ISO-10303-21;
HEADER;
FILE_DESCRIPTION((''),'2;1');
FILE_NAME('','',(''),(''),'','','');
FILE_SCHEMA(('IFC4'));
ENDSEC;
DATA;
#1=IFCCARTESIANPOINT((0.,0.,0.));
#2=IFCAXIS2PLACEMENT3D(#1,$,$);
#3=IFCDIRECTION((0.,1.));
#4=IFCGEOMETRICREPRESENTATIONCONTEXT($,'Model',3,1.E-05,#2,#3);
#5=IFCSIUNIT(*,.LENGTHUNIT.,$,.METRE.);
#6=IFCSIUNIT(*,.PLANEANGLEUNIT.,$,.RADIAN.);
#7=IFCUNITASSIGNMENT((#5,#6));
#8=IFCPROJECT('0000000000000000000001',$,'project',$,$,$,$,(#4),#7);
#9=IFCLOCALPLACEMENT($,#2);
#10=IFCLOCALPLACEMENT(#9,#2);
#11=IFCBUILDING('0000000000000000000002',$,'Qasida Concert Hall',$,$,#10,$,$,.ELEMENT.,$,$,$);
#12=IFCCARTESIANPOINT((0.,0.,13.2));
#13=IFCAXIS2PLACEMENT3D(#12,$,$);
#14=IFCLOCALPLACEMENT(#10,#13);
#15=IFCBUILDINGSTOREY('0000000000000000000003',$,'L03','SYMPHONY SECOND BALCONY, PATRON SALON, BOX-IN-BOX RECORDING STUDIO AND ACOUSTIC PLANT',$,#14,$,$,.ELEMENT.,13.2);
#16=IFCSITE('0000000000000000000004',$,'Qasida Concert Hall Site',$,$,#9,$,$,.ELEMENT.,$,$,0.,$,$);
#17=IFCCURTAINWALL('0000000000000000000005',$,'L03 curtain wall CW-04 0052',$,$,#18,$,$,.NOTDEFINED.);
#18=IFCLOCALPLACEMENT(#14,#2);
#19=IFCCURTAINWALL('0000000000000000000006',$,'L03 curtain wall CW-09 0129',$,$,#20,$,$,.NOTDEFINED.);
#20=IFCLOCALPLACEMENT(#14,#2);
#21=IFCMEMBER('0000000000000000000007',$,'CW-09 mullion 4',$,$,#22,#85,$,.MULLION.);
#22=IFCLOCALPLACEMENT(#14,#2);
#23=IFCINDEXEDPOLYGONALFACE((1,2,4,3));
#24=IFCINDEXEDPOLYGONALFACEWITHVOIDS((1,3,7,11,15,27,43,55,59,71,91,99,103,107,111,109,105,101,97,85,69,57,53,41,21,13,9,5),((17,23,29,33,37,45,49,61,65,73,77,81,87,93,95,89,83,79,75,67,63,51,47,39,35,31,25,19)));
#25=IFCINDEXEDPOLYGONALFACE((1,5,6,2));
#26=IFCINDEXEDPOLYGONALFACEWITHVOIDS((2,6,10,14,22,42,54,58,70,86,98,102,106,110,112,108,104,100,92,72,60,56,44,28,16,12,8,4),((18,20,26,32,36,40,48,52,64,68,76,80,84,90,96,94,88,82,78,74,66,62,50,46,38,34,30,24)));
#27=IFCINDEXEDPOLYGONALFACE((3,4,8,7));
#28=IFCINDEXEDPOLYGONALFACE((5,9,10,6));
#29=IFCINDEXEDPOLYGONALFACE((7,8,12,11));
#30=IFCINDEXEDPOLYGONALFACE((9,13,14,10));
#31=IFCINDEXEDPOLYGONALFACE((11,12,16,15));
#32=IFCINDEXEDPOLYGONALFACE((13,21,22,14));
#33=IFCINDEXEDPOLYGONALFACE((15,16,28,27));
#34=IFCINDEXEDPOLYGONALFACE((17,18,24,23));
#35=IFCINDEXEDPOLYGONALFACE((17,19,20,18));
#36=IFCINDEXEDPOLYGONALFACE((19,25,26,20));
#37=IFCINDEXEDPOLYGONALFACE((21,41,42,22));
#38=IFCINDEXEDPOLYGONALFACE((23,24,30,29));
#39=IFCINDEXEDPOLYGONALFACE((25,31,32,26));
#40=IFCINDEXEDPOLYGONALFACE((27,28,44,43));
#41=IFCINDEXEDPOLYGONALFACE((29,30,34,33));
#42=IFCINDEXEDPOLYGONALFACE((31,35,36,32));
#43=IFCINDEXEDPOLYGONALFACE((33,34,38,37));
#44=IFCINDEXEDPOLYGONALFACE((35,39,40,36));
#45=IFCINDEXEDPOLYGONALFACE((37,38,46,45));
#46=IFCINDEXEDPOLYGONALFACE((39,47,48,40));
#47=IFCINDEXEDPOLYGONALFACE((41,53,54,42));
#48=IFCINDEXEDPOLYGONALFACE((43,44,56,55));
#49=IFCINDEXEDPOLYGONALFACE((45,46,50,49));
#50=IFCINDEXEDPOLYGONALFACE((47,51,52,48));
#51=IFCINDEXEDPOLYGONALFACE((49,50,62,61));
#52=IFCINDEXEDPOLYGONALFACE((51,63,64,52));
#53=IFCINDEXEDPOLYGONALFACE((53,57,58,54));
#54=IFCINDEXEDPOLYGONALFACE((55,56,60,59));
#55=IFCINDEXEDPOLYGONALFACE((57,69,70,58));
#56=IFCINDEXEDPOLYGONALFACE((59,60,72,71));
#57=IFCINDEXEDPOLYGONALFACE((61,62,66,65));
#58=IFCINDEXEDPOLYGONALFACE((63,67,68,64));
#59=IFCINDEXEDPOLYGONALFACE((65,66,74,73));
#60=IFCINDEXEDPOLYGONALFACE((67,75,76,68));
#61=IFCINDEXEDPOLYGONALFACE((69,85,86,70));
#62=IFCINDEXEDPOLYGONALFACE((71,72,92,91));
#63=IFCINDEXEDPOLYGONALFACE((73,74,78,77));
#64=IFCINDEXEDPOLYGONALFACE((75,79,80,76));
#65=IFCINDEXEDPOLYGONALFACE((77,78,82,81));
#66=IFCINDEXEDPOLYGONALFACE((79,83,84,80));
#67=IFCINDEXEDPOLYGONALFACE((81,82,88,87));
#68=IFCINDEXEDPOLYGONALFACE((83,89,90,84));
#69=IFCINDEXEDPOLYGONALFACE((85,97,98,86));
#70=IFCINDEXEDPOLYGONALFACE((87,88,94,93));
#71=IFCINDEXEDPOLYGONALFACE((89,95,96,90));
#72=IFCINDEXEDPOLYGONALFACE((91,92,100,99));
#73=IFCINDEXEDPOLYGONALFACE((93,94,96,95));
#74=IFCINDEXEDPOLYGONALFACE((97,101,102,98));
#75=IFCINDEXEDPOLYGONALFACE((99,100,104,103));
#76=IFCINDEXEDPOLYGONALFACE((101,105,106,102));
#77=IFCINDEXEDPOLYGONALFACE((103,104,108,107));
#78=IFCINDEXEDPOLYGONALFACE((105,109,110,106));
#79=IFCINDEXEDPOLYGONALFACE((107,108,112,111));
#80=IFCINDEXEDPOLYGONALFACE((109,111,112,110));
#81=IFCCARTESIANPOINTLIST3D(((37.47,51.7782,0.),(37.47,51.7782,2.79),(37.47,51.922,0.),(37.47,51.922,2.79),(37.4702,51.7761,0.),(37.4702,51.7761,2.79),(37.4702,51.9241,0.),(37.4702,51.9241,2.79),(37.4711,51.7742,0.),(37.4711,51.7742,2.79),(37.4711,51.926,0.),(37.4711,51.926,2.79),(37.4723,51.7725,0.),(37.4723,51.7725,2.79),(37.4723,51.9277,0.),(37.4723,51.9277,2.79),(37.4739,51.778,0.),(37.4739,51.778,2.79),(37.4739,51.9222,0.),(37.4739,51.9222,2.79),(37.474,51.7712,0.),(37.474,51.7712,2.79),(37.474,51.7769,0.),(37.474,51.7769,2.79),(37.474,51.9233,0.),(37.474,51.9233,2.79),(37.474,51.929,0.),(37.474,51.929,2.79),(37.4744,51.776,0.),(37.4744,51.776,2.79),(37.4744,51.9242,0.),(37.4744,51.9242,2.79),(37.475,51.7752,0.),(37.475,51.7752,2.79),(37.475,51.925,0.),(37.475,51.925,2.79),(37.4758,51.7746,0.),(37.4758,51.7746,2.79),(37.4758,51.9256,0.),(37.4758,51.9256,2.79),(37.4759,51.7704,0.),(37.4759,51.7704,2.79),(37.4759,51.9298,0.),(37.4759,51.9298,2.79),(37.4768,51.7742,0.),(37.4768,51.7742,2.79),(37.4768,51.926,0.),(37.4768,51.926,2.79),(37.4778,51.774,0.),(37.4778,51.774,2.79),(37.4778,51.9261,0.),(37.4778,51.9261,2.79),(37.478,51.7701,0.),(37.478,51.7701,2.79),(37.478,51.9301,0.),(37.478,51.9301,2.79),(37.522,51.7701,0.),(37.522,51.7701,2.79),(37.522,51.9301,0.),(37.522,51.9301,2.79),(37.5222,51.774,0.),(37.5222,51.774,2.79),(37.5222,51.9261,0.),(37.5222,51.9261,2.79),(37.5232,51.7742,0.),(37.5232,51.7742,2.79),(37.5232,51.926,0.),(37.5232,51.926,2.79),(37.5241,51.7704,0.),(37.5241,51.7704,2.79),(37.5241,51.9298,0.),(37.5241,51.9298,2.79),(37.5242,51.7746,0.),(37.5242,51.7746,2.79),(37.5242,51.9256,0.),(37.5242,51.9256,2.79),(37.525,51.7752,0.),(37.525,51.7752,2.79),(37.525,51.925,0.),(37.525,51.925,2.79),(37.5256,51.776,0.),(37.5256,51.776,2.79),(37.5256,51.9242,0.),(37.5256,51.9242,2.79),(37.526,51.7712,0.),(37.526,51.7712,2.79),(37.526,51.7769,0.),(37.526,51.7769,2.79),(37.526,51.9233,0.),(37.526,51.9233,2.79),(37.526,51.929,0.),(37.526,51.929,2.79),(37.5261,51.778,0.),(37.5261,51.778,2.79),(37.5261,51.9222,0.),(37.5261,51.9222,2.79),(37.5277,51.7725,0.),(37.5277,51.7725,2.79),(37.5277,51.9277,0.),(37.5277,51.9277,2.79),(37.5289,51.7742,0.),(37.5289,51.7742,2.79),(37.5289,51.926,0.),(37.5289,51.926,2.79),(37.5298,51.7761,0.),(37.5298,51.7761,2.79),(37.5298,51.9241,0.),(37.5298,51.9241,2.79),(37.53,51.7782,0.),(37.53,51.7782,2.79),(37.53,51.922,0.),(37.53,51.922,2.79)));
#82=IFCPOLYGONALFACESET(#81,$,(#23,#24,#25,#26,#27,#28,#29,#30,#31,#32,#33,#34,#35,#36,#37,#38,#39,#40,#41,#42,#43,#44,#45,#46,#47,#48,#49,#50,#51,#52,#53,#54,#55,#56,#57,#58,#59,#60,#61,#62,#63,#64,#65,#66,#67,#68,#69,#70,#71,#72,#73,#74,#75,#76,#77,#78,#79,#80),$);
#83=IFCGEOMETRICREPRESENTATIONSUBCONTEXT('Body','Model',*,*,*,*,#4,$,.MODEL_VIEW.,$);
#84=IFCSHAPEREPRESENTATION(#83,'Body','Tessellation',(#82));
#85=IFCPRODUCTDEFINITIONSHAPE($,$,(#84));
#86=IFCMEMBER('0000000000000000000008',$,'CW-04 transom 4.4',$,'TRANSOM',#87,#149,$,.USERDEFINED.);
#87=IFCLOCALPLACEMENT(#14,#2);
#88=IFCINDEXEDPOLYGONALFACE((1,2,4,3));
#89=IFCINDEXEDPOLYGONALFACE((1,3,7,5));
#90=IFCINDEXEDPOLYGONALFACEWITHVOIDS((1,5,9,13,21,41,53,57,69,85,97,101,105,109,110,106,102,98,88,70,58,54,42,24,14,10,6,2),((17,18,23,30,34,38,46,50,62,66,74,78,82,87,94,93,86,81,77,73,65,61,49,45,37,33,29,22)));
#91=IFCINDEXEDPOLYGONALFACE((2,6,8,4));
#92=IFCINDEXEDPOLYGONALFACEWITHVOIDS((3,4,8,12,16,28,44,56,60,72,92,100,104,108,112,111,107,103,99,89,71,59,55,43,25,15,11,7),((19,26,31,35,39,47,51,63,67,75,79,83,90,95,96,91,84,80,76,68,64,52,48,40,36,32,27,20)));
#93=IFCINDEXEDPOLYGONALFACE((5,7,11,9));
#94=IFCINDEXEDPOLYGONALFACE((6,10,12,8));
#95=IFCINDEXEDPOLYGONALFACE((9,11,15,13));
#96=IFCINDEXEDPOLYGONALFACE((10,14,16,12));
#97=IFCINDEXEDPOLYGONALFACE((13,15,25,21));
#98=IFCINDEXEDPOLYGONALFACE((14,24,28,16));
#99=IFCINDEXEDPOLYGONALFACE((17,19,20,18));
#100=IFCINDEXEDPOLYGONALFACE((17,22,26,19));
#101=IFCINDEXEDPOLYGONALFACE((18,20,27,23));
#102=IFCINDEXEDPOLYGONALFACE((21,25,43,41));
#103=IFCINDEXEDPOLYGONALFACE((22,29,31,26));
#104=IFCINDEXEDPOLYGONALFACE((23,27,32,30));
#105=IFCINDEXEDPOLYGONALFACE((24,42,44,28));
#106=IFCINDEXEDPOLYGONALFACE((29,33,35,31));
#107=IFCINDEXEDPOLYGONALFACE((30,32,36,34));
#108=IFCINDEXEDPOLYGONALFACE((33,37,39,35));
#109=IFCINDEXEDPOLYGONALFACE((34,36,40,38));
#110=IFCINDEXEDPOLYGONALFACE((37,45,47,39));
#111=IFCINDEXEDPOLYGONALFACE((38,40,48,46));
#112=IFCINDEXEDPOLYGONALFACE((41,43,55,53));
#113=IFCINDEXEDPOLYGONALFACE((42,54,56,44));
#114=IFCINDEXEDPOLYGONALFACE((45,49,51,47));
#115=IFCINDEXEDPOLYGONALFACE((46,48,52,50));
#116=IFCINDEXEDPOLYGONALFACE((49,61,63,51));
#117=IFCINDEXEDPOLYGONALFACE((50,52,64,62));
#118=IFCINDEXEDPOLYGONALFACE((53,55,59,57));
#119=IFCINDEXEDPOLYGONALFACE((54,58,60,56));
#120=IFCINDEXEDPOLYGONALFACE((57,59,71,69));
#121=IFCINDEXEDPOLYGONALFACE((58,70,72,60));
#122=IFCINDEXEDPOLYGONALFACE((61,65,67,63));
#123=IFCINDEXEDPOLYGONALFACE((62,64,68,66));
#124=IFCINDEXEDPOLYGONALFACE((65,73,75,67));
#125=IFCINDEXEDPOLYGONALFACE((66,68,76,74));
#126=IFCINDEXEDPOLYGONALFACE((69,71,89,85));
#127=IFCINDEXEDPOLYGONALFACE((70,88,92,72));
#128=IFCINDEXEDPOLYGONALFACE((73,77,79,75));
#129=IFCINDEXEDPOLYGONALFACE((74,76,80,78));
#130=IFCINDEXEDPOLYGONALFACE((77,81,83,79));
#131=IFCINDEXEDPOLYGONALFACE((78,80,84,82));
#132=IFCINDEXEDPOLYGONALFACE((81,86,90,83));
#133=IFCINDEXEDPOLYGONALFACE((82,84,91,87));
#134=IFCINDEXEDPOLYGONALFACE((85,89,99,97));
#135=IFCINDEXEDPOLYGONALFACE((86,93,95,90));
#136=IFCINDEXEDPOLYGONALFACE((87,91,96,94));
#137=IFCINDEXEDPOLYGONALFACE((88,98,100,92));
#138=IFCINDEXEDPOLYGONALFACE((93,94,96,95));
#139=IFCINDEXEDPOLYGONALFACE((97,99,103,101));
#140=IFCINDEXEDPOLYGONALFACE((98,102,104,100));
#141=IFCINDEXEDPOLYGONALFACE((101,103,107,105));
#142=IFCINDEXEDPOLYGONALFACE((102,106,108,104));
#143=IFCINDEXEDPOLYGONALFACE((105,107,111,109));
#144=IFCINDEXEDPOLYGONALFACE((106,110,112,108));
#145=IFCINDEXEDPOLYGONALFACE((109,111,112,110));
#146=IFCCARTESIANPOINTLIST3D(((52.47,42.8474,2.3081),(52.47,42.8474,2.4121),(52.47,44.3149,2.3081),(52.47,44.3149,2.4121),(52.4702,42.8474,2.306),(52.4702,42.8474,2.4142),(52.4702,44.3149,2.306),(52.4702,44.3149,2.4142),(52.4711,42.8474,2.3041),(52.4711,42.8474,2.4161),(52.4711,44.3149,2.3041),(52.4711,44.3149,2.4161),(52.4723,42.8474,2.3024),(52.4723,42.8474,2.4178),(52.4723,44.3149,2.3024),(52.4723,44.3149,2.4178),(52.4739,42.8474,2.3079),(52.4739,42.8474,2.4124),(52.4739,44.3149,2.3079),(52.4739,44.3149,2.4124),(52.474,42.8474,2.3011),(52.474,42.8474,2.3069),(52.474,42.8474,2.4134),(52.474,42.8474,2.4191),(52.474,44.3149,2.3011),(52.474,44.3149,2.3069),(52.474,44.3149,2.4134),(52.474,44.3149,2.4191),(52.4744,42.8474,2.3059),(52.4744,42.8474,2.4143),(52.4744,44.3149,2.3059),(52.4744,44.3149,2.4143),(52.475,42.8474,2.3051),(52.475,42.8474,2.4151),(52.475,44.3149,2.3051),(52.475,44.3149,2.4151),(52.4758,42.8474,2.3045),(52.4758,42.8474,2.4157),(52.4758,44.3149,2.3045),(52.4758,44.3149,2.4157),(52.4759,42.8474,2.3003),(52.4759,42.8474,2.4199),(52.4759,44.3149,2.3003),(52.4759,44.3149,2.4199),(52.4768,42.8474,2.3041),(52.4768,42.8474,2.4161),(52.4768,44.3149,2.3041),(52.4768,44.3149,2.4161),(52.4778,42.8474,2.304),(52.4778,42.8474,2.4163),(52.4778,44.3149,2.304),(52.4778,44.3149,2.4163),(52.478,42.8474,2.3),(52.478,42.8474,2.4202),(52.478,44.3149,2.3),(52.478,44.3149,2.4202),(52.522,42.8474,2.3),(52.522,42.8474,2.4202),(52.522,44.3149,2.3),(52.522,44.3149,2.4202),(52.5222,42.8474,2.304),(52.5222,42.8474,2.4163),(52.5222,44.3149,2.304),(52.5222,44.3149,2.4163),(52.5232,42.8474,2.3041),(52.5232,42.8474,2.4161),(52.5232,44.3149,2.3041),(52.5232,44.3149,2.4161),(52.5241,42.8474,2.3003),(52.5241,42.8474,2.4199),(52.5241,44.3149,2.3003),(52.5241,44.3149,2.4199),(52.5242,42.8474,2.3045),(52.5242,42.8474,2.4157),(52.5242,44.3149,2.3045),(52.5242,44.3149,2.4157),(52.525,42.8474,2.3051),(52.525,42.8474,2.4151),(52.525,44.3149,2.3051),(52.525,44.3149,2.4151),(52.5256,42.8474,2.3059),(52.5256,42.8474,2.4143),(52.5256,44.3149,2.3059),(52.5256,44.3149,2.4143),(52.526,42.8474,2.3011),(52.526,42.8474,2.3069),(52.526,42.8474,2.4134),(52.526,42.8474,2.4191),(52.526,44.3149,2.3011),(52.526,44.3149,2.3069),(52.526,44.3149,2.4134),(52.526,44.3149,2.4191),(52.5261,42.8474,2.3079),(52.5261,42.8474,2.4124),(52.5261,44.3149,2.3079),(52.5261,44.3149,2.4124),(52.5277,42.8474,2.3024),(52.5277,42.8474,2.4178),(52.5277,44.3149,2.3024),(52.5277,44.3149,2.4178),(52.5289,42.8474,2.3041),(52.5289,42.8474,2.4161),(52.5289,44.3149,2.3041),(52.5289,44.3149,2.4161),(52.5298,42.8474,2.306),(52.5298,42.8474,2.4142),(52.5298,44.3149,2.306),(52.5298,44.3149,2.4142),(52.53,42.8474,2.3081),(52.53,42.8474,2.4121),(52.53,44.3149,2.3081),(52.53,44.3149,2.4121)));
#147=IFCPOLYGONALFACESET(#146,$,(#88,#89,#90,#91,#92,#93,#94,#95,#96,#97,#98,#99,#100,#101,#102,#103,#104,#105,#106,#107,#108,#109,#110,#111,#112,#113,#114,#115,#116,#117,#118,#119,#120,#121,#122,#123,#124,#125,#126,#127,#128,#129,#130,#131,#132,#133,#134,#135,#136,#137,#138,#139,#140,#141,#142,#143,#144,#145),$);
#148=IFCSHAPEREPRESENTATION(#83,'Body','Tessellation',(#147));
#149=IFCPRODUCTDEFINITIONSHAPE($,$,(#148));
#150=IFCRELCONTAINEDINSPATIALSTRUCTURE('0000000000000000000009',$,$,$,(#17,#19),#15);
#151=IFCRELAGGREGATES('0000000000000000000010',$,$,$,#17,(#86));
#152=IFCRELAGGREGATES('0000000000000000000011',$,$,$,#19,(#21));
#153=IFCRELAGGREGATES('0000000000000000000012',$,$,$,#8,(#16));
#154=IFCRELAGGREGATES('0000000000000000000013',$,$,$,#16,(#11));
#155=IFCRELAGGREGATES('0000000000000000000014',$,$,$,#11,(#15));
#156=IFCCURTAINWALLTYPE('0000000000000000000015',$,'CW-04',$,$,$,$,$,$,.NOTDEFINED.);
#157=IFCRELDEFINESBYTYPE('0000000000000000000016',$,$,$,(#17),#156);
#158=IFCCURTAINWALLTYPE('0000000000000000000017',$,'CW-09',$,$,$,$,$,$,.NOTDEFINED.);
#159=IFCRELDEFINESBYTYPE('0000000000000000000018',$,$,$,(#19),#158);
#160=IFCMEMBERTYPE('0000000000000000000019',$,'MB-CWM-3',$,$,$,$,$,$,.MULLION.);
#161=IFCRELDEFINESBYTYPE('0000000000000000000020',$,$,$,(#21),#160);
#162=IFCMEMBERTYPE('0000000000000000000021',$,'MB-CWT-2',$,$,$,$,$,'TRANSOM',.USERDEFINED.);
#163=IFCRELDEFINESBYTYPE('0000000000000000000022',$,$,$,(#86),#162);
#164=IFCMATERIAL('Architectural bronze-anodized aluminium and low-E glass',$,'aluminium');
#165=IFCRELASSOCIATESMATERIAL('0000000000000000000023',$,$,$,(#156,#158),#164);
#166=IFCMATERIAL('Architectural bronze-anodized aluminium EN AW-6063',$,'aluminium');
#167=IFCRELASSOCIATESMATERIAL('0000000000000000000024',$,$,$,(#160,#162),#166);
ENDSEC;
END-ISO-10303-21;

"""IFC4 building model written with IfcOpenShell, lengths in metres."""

from ifc_helpers import new_model, si_unit, direction, frame, origin, origin_2d, place, context, subcontext, project, spatial, hollow_rectangle, extrude, material, material_profile, profile_set, type_object, element, aggregate, save


model = new_model("IFC4")

# Units and contexts
model_context = context("Model", 3, precision=1e-05, world=origin(), true_north=direction((0.0, 1.0)))
body_context = subcontext(model_context, "Body", "Model", "MODEL_VIEW")
ifc_project = project(units=[si_unit("LENGTHUNIT", "METRE"), si_unit("PLANEANGLEUNIT", "RADIAN")], contexts=[model_context])

# Site, building, storey
site_placement = place(None, origin())
site = spatial("IfcSite", under=ifc_project, at=site_placement, Name="Qasida Concert Hall Site", CompositionType="ELEMENT", RefElevation=0.0)
building_placement = place(site_placement, origin())
building = spatial("IfcBuilding", under=site, at=building_placement, Name="Qasida Concert Hall", CompositionType="ELEMENT")
storey_placement = place(building_placement, frame((0.0, 0.0, 13.2)))
storey = spatial("IfcBuildingStorey", under=building, at=storey_placement, Name="L03", Description="SYMPHONY SECOND BALCONY, PATRON SALON, BOX-IN-BOX RECORDING STUDIO AND ACOUSTIC PLANT", CompositionType="ELEMENT", Elevation=13.2)

# Curtain wall
ifc_material_1 = material(Name="Architectural bronze-anodized aluminium and low-E glass", Category="aluminium")
curtain_wall_type_1 = type_object("IfcCurtainWallType", Name="CW-04", PredefinedType="NOTDEFINED", material=ifc_material_1)
curtain_wall_1_placement = place(storey_placement, origin())
curtain_wall_1 = element("IfcCurtainWall", 1, at=curtain_wall_1_placement, inside=storey, type_object=curtain_wall_type_1, Name="L03 curtain wall CW-04 0052", PredefinedType="NOTDEFINED")
ifc_material_2 = material(Name="Architectural bronze-anodized aluminium EN AW-6063", Category="aluminium")

# Curtain wall, member
curtain_wall_type_2 = type_object("IfcCurtainWallType", Name="CW-09", PredefinedType="NOTDEFINED", material=ifc_material_1)
curtain_wall_2_placement = place(storey_placement, origin())
curtain_wall_2 = element("IfcCurtainWall", 2, at=curtain_wall_2_placement, inside=storey, type_object=curtain_wall_type_2, Name="L03 curtain wall CW-09 0129", PredefinedType="NOTDEFINED")
ifc_material_profile_1 = material_profile(ifc_material_2, hollow_rectangle(XDim=0.0601, YDim=0.1599, WallThickness=0.0039, InnerFilletRadius=0.0039, OuterFilletRadius=0.0081, at=origin_2d()), Name="CWM 160x60x4")
ifc_profile_set_1 = profile_set([ifc_material_profile_1], Name="Architectural bronze-anodized aluminium EN AW-6063")
member_type_1 = type_object("IfcMemberType", Name="MB-CWM-3", PredefinedType="MULLION", material=ifc_profile_set_1)
member_1_placement = place(storey_placement, frame((37.5, 51.8501, 0.0), z_axis=(0.0, 0.0, 1.0), x_axis=(-1.0, 0.0, 0.0)))
member_1 = element("IfcMember", 3, at=member_1_placement, type_object=member_type_1, Name="CW-09 mullion 4", PredefinedType="MULLION", context=body_context, shape_type="SweptSolid", body=[
    extrude(hollow_rectangle(XDim=0.0601, YDim=0.1599, WallThickness=0.0039, InnerFilletRadius=0.0039, OuterFilletRadius=0.0081, at=origin_2d()), origin(), (0.0, 0.0, 1.0), 2.79),
])

# Member
ifc_material_profile_2 = material_profile(ifc_material_2, hollow_rectangle(XDim=0.0601, YDim=0.1201, WallThickness=0.0039, InnerFilletRadius=0.0039, OuterFilletRadius=0.0081, at=origin_2d()), Name="CWT 120x60x4")
ifc_profile_set_2 = profile_set([ifc_material_profile_2], Name="Architectural bronze-anodized aluminium EN AW-6063")
member_type_2 = type_object("IfcMemberType", Name="MB-CWT-2", ElementType="TRANSOM", PredefinedType="USERDEFINED", material=ifc_profile_set_2)
member_2_placement = place(storey_placement, frame((52.5, 42.8474, 2.3601), z_axis=(0.0, 1.0, 0.0), x_axis=(-1.0, 0.0, 0.0)))
member_2 = element("IfcMember", 4, at=member_2_placement, type_object=member_type_2, Name="CW-04 transom 4.4", ObjectType="TRANSOM", PredefinedType="USERDEFINED", context=body_context, shape_type="SweptSolid", body=[
    extrude(hollow_rectangle(XDim=0.0601, YDim=0.1201, WallThickness=0.0039, InnerFilletRadius=0.0039, OuterFilletRadius=0.0081, at=origin_2d()), origin(), (0.0, 0.0, 1.0), 1.4675),
])

aggregate(curtain_wall_1, [member_2])
aggregate(curtain_wall_2, [member_1])

save(model, "model.ifc")
